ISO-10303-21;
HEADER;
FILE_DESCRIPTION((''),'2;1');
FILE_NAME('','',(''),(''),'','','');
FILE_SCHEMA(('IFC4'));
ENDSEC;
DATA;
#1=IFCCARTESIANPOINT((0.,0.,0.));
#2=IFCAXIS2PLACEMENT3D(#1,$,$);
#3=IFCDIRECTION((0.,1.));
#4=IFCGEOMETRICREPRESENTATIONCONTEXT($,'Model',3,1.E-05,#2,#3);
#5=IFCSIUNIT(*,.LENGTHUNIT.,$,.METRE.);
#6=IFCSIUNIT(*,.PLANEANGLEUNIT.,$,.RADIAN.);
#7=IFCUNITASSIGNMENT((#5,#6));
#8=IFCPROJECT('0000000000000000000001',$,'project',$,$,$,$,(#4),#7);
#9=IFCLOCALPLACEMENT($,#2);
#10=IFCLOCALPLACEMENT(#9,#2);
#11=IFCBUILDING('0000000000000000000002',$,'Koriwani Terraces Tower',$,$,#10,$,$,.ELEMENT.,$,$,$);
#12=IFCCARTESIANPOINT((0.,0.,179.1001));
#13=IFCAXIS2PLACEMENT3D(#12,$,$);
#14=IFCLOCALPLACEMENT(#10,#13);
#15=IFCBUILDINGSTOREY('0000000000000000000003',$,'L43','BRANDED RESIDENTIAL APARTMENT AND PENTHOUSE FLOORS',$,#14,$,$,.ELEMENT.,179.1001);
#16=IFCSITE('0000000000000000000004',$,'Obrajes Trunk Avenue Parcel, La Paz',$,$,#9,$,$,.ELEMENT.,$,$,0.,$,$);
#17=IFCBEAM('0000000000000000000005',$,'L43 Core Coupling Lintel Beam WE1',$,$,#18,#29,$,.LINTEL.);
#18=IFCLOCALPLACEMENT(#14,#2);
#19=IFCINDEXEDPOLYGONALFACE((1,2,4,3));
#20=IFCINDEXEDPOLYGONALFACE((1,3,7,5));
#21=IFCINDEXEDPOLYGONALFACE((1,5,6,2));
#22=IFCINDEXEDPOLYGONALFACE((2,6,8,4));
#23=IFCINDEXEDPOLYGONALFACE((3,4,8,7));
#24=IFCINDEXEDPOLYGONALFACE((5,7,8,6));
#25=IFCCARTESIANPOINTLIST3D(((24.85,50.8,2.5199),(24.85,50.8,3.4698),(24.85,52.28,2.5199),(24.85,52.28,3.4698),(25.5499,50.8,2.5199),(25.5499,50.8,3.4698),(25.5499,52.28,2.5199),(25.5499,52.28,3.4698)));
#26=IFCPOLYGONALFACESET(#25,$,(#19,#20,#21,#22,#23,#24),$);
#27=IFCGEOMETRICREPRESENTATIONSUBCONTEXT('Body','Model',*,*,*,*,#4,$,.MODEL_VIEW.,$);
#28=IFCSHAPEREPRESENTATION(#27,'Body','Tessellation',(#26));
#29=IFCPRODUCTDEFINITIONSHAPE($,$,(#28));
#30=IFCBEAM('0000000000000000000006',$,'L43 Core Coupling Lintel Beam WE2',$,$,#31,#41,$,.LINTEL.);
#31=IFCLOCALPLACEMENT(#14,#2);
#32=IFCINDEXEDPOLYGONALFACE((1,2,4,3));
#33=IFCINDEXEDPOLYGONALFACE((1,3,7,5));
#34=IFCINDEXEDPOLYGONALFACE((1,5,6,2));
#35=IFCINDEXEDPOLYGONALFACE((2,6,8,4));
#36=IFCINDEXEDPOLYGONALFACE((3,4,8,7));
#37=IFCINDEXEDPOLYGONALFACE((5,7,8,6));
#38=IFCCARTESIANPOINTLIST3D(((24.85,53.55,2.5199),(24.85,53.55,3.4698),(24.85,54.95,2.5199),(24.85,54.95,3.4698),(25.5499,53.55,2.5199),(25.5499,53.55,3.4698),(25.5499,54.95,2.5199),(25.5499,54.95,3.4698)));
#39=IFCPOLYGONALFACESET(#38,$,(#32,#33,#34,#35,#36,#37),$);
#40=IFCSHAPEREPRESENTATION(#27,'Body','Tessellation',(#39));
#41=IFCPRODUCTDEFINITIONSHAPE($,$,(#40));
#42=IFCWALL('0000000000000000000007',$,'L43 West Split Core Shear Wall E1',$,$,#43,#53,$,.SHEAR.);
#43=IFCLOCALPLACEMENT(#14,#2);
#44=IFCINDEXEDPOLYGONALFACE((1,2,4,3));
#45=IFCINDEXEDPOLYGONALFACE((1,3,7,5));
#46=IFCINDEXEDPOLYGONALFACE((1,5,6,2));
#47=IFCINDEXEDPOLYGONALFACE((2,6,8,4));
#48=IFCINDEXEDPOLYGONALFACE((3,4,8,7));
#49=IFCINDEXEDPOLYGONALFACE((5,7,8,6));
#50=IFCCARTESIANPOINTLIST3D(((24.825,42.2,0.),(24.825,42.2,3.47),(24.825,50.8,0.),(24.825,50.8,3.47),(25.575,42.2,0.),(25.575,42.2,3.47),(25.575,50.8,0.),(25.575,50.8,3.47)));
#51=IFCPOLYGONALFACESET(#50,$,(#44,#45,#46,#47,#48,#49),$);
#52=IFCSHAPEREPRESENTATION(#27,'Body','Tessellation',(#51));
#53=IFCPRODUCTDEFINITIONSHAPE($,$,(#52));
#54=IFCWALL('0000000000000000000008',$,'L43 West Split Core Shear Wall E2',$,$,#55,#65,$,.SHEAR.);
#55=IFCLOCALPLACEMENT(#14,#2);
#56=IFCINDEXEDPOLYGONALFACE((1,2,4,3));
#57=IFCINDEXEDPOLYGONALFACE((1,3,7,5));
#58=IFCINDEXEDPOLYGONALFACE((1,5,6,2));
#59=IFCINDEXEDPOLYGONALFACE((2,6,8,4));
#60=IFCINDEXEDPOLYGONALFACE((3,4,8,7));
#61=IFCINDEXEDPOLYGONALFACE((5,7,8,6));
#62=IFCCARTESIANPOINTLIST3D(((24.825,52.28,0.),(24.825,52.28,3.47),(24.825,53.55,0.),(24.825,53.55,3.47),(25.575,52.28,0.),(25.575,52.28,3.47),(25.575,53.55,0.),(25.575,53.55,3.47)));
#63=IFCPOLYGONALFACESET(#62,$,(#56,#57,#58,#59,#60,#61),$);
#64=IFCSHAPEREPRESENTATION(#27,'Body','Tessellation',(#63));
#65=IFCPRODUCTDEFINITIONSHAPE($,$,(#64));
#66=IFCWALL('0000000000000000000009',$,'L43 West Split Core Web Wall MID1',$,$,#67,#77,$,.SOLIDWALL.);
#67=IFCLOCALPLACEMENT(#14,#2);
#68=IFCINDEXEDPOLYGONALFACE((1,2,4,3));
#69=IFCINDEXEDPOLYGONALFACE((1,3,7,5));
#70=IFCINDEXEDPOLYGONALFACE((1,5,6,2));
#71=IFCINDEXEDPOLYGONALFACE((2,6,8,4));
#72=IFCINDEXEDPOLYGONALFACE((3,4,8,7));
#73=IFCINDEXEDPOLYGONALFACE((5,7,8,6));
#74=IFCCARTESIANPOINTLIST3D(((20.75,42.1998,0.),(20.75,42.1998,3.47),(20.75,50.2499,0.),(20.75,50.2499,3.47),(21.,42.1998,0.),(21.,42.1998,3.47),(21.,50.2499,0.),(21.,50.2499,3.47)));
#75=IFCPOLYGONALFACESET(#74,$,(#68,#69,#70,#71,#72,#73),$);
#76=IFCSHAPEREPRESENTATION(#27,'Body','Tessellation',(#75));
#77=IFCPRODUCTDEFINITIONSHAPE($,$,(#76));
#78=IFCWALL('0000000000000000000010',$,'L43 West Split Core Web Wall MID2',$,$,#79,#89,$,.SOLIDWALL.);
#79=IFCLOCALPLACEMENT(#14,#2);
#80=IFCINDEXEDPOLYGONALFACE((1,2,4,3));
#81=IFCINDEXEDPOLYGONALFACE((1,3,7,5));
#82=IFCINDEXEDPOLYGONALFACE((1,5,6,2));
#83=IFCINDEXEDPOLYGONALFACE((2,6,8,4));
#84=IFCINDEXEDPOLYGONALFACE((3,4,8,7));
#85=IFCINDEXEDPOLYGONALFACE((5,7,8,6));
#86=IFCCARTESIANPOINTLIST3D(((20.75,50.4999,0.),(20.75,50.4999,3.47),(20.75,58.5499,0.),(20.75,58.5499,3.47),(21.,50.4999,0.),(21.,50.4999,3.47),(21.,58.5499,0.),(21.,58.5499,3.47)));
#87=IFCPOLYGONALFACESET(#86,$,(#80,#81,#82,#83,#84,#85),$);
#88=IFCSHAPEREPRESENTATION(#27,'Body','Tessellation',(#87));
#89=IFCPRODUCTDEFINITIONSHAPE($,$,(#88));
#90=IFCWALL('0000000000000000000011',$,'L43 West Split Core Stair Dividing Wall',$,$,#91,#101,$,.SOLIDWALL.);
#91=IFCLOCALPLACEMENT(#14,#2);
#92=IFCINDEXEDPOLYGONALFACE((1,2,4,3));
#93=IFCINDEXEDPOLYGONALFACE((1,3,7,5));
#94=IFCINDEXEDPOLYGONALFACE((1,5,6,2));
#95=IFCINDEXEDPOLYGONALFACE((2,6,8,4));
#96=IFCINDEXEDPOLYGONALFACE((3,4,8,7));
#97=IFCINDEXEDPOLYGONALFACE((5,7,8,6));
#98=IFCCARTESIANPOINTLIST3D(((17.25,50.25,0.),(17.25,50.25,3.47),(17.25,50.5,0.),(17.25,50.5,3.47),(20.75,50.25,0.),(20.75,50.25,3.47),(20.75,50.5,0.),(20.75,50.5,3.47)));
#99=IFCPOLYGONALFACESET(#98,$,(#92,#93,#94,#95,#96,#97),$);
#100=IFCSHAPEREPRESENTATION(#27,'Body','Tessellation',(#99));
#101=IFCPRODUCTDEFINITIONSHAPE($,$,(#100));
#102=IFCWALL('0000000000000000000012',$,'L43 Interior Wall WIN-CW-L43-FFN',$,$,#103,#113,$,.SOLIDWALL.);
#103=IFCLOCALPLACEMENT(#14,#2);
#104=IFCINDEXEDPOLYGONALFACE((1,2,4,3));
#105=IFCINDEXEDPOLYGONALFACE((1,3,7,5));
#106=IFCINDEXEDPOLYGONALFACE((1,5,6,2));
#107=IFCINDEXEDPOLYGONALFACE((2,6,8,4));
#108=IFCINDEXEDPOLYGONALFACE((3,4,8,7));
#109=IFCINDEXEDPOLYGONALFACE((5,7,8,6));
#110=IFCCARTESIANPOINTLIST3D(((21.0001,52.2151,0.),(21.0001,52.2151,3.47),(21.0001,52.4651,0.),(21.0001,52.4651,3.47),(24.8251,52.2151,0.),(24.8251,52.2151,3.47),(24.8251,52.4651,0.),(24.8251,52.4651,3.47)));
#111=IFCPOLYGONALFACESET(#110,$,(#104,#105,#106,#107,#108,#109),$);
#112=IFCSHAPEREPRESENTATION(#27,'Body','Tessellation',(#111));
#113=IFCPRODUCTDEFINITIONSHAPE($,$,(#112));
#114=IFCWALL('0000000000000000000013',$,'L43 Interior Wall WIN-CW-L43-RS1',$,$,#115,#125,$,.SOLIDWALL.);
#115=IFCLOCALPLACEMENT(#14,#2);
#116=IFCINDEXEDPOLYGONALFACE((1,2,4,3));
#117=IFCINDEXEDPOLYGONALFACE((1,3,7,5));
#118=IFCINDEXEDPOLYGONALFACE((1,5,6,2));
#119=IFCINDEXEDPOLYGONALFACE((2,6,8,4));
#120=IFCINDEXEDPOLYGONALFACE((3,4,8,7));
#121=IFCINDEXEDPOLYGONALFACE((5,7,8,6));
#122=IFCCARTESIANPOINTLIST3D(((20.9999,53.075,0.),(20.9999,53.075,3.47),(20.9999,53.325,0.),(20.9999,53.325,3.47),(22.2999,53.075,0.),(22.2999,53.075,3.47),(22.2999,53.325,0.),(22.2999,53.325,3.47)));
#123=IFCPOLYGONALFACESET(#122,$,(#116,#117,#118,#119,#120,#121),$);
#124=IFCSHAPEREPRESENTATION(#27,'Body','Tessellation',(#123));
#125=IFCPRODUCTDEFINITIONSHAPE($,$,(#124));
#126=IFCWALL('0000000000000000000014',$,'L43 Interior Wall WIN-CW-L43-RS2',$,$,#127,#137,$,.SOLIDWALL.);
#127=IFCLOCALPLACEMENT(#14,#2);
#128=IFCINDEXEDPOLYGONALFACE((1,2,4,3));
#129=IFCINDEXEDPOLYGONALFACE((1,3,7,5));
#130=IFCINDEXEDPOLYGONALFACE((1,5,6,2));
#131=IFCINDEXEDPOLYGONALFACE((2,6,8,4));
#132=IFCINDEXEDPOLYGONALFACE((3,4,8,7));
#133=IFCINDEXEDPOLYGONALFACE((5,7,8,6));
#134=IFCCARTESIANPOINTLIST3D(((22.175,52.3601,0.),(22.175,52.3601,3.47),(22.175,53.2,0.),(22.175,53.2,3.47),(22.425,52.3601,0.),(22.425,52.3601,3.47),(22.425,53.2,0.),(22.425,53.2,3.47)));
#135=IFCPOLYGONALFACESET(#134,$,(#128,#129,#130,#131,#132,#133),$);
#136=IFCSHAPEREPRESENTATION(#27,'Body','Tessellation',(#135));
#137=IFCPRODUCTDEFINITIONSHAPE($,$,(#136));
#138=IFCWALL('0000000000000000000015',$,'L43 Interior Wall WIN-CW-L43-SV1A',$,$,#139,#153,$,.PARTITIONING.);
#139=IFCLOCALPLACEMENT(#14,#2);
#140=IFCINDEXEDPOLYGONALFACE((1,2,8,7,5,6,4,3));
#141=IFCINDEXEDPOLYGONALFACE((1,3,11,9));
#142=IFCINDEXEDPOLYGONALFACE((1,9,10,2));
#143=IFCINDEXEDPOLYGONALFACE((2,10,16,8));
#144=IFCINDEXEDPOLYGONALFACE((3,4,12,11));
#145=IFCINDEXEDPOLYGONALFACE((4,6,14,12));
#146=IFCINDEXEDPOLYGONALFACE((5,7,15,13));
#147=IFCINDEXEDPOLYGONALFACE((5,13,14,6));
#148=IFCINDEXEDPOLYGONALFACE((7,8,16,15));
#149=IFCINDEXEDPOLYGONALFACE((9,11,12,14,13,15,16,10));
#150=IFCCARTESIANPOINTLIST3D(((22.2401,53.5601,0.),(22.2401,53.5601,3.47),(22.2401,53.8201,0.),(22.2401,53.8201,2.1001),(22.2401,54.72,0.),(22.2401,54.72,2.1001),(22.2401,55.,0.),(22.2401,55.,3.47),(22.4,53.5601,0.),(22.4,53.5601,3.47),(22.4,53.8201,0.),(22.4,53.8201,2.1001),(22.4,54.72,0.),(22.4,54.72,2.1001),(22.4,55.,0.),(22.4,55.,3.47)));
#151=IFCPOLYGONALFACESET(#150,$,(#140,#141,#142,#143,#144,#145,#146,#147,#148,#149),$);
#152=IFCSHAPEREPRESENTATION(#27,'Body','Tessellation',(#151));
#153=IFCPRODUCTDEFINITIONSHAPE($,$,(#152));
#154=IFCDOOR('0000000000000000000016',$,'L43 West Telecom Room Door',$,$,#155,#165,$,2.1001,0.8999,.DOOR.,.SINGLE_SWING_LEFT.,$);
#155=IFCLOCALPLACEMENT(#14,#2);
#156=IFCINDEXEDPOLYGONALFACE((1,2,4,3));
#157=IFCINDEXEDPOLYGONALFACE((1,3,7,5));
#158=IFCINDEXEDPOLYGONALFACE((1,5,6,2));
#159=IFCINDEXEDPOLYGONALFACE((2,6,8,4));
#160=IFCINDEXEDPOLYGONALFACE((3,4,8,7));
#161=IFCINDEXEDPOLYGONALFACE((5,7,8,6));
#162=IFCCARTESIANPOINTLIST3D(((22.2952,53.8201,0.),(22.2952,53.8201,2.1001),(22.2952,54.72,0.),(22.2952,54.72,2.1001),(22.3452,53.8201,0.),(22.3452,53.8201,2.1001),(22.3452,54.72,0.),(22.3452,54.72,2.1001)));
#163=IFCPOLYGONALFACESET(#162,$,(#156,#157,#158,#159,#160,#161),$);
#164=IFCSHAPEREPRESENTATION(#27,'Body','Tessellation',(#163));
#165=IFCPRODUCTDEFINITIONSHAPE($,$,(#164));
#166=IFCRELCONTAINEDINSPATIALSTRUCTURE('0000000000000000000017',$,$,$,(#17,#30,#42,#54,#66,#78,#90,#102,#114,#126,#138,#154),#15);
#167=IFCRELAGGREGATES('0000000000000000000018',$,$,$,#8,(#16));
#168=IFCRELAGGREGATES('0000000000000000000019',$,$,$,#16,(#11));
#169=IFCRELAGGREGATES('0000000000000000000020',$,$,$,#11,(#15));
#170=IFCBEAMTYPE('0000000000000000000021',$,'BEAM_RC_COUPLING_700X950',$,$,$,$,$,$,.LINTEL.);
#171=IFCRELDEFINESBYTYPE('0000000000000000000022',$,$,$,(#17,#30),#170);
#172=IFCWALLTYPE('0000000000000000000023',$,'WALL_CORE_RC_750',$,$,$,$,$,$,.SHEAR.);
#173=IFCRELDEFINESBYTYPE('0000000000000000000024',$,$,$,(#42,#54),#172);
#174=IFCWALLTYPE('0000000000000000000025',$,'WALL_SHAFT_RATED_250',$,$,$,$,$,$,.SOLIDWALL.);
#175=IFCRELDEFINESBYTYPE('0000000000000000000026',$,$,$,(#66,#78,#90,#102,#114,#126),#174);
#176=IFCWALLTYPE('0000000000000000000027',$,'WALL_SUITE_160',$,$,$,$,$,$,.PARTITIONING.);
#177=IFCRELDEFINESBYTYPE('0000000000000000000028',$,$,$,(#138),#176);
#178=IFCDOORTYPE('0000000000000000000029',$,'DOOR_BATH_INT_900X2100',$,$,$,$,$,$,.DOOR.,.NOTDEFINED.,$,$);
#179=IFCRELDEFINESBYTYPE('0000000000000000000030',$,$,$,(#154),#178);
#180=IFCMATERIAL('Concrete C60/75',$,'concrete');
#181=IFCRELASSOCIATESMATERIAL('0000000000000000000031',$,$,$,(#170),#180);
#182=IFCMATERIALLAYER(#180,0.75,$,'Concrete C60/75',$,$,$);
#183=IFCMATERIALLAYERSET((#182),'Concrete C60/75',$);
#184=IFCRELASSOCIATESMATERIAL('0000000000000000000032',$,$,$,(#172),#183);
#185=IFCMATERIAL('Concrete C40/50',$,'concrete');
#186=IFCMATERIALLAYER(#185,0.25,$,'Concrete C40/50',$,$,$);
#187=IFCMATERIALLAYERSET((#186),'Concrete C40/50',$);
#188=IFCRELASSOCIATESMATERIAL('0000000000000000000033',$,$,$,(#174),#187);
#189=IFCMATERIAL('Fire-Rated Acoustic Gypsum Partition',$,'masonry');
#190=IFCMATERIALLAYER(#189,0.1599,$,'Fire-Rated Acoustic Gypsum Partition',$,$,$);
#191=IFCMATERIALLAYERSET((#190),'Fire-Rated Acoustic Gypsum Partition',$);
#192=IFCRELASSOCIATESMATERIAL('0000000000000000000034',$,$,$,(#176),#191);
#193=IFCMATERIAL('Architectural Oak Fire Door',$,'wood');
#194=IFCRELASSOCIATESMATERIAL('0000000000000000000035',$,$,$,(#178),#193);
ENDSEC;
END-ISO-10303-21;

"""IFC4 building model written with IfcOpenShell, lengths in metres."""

from ifc_helpers import new_model, si_unit, direction, frame, frame_2d, origin, origin_2d, place, context, subcontext, project, spatial, rectangle, extrude, material, layer, layer_set, material_profile, profile_set, type_object, element, fill, save


model = new_model("IFC4")

# Units and contexts
model_context = context("Model", 3, precision=1e-05, world=origin(), true_north=direction((0.0, 1.0)))
body_context = subcontext(model_context, "Body", "Model", "MODEL_VIEW")
ifc_project = project(units=[si_unit("LENGTHUNIT", "METRE"), si_unit("PLANEANGLEUNIT", "RADIAN")], contexts=[model_context])

# Site, building, storey
site_placement = place(None, origin())
site = spatial("IfcSite", under=ifc_project, at=site_placement, Name="Obrajes Trunk Avenue Parcel, La Paz", CompositionType="ELEMENT", RefElevation=0.0)
building_placement = place(site_placement, origin())
building = spatial("IfcBuilding", under=site, at=building_placement, Name="Koriwani Terraces Tower", CompositionType="ELEMENT")
storey_placement = place(building_placement, frame((0.0, 0.0, 179.1001)))
storey = spatial("IfcBuildingStorey", under=building, at=storey_placement, Name="L43", Description="BRANDED RESIDENTIAL APARTMENT AND PENTHOUSE FLOORS", CompositionType="ELEMENT", Elevation=179.1001)

# Beams
ifc_material_1 = material(Name="Concrete C60/75", Category="concrete")
ifc_material_profile = material_profile(ifc_material_1, rectangle(XDim=0.7, YDim=0.95, at=origin_2d()), Name="Concrete C60/75", Category="LoadBearing")
ifc_profile_set = profile_set([ifc_material_profile], Name="Concrete C60/75")
beam_type = type_object("IfcBeamType", Name="BEAM_RC_COUPLING_700X950", PredefinedType="LINTEL", material=ifc_profile_set)
beam_1_placement = place(storey_placement, frame((25.2, 50.8, 2.9949), z_axis=(0.0, 1.0, 0.0), x_axis=(-1.0, 0.0, 0.0)))
element("IfcBeam", 1, at=beam_1_placement, inside=storey, type_object=beam_type, Name="L43 Core Coupling Lintel Beam WE1", PredefinedType="LINTEL", context=body_context, shape_type="SweptSolid", body=[
    extrude(rectangle(XDim=0.7, YDim=0.95, at=origin_2d()), origin(), (0.0, 0.0, 1.0), 1.48),
])
beam_2_placement = place(storey_placement, frame((25.2, 53.55, 2.9949), z_axis=(0.0, 1.0, 0.0), x_axis=(-1.0, 0.0, 0.0)))
element("IfcBeam", 2, at=beam_2_placement, inside=storey, type_object=beam_type, Name="L43 Core Coupling Lintel Beam WE2", PredefinedType="LINTEL", context=body_context, shape_type="SweptSolid", body=[
    extrude(rectangle(XDim=0.7, YDim=0.95, at=origin_2d()), origin(), (0.0, 0.0, 1.0), 1.3999),
])

# Walls
ifc_layer_1 = layer(ifc_material_1, 0.75, Name="Concrete C60/75")
ifc_layer_set_1 = layer_set([ifc_layer_1], Name="Concrete C60/75")
wall_type_1 = type_object("IfcWallType", Name="WALL_CORE_RC_750", PredefinedType="SHEAR", material=ifc_layer_set_1)
wall_1_placement = place(storey_placement, frame((25.2, 42.2, 0.0), z_axis=(0.0, 0.0, 1.0), x_axis=(0.0, 1.0, 0.0)))
element("IfcWall", 3, at=wall_1_placement, inside=storey, type_object=wall_type_1, Name="L43 West Split Core Shear Wall E1", PredefinedType="SHEAR", context=body_context, shape_type="SweptSolid", body=[
    extrude(rectangle(XDim=8.6001, YDim=0.75, at=frame_2d((4.3, 0.0))), origin(), (0.0, 0.0, 1.0), 3.47),
])
wall_2_placement = place(storey_placement, frame((25.2, 52.28, 0.0), z_axis=(0.0, 0.0, 1.0), x_axis=(0.0, 1.0, 0.0)))
element("IfcWall", 4, at=wall_2_placement, inside=storey, type_object=wall_type_1, Name="L43 West Split Core Shear Wall E2", PredefinedType="SHEAR", context=body_context, shape_type="SweptSolid", body=[
    extrude(rectangle(XDim=1.27, YDim=0.75, at=frame_2d((0.635, 0.0))), origin(), (0.0, 0.0, 1.0), 3.47),
])
ifc_material_2 = material(Name="Concrete C40/50", Category="concrete")
ifc_layer_2 = layer(ifc_material_2, 0.25, Name="Concrete C40/50")
ifc_layer_set_2 = layer_set([ifc_layer_2], Name="Concrete C40/50")
wall_type_2 = type_object("IfcWallType", Name="WALL_SHAFT_RATED_250", PredefinedType="SOLIDWALL", material=ifc_layer_set_2)
for number, where, z_axis, x_axis, name in (
    (5, (20.875, 42.2, 0.0), (0.0, 0.0, 1.0), (0.0, 1.0, 0.0), "L43 West Split Core Web Wall MID1"),
    (6, (20.875, 50.5, 0.0), (0.0, 0.0, 1.0), (0.0, 1.0, 0.0), "L43 West Split Core Web Wall MID2"),
):
    element("IfcWall", number, at=place(storey_placement, frame(where, z_axis=z_axis, x_axis=x_axis)), inside=storey, type_object=wall_type_2, Name=name, PredefinedType="SOLIDWALL", context=body_context, shape_type="SweptSolid", body=[
        extrude(rectangle(XDim=8.05, YDim=0.25, at=frame_2d((4.0249, 0.0))), origin(), (0.0, 0.0, 1.0), 3.47),
    ])
wall_3_placement = place(storey_placement, frame((17.25, 50.375, 0.0), z_axis=(0.0, 0.0, 1.0), x_axis=(1.0, 0.0, 0.0)))
element("IfcWall", 7, at=wall_3_placement, inside=storey, type_object=wall_type_2, Name="L43 West Split Core Stair Dividing Wall", PredefinedType="SOLIDWALL", context=body_context, shape_type="SweptSolid", body=[
    extrude(rectangle(XDim=3.5, YDim=0.25, at=frame_2d((1.75, 0.0))), origin(), (0.0, 0.0, 1.0), 3.47),
])

# Walls
wall_4_placement = place(storey_placement, frame((21.0, 52.3401, 0.0), z_axis=(0.0, 0.0, 1.0), x_axis=(1.0, 0.0, 0.0)))
element("IfcWall", 8, at=wall_4_placement, inside=storey, type_object=wall_type_2, Name="L43 Interior Wall WIN-CW-L43-FFN", PredefinedType="SOLIDWALL", context=body_context, shape_type="SweptSolid", body=[
    extrude(rectangle(XDim=3.825, YDim=0.25, at=frame_2d((1.9126, 0.0))), origin(), (0.0, 0.0, 1.0), 3.47),
])
wall_5_placement = place(storey_placement, frame((21.0, 53.2, 0.0), z_axis=(0.0, 0.0, 1.0), x_axis=(1.0, 0.0, 0.0)))
element("IfcWall", 9, at=wall_5_placement, inside=storey, type_object=wall_type_2, Name="L43 Interior Wall WIN-CW-L43-RS1", PredefinedType="SOLIDWALL", context=body_context, shape_type="SweptSolid", body=[
    extrude(rectangle(XDim=1.3, YDim=0.25, at=frame_2d((0.6499, 0.0))), origin(), (0.0, 0.0, 1.0), 3.47),
])
wall_6_placement = place(storey_placement, frame((22.3, 52.3601, 0.0), z_axis=(0.0, 0.0, 1.0), x_axis=(0.0, 1.0, 0.0)))
element("IfcWall", 10, at=wall_6_placement, inside=storey, type_object=wall_type_2, Name="L43 Interior Wall WIN-CW-L43-RS2", PredefinedType="SOLIDWALL", context=body_context, shape_type="SweptSolid", body=[
    extrude(rectangle(XDim=0.8398, YDim=0.25, at=frame_2d((0.4199, 0.0))), origin(), (0.0, 0.0, 1.0), 3.47),
])

# Wall, opening, door
ifc_material_3 = material(Name="Fire-Rated Acoustic Gypsum Partition", Category="masonry")
ifc_layer_3 = layer(ifc_material_3, 0.1599, Name="Fire-Rated Acoustic Gypsum Partition")
ifc_layer_set_3 = layer_set([ifc_layer_3], Name="Fire-Rated Acoustic Gypsum Partition")
wall_type_3 = type_object("IfcWallType", Name="WALL_SUITE_160", PredefinedType="PARTITIONING", material=ifc_layer_set_3)
wall_7_placement = place(storey_placement, frame((22.3201, 53.5601, 0.0), z_axis=(0.0, 0.0, 1.0), x_axis=(0.0, 1.0, 0.0)))
wall_7 = element("IfcWall", 11, at=wall_7_placement, inside=storey, type_object=wall_type_3, Name="L43 Interior Wall WIN-CW-L43-SV1A", PredefinedType="PARTITIONING", context=body_context, shape_type="SweptSolid", body=[
    extrude(rectangle(XDim=1.4399, YDim=0.1599, at=frame_2d((0.72, 0.0))), origin(), (0.0, 0.0, 1.0), 3.47),
])
opening_1_placement = place(wall_7_placement, frame((0.26, 0.0, 0.0)))
opening_1 = element("IfcOpeningElement", 12, at=opening_1_placement, cuts=wall_7, PredefinedType="OPENING", context=body_context, shape_type="SweptSolid", body=[
    extrude(rectangle(XDim=0.8999, YDim=2.1001, at=frame_2d((0.45, 1.05))), frame((0.0, 0.0898, 0.0), z_axis=(0.0, -1.0, 0.0), x_axis=(1.0, 0.0, 0.0)), (0.0, 0.0, 1.0), 0.1799),
])
ifc_material_4 = material(Name="Architectural Oak Fire Door", Category="wood")
door_type_1 = type_object("IfcDoorType", Name="DOOR_BATH_INT_900X2100", OperationType="NOTDEFINED", PredefinedType="DOOR", material=ifc_material_4)
door_1_placement = place(opening_1_placement, origin())
door_1 = element("IfcDoor", 13, at=door_1_placement, inside=storey, type_object=door_type_1, Name="L43 West Telecom Room Door", OperationType="SINGLE_SWING_LEFT", OverallHeight=2.1001, OverallWidth=0.8999, PredefinedType="DOOR", context=body_context, shape_type="SweptSolid", body=[
    extrude(rectangle(XDim=0.8999, YDim=2.1001, at=frame_2d((0.45, 1.05))), frame((0.0, 0.0249, 0.0), z_axis=(0.0, -1.0, 0.0), x_axis=(1.0, 0.0, 0.0)), (0.0, 0.0, 1.0), 0.05),
])
fill(opening_1, door_1)

save(model, "model.ifc")
